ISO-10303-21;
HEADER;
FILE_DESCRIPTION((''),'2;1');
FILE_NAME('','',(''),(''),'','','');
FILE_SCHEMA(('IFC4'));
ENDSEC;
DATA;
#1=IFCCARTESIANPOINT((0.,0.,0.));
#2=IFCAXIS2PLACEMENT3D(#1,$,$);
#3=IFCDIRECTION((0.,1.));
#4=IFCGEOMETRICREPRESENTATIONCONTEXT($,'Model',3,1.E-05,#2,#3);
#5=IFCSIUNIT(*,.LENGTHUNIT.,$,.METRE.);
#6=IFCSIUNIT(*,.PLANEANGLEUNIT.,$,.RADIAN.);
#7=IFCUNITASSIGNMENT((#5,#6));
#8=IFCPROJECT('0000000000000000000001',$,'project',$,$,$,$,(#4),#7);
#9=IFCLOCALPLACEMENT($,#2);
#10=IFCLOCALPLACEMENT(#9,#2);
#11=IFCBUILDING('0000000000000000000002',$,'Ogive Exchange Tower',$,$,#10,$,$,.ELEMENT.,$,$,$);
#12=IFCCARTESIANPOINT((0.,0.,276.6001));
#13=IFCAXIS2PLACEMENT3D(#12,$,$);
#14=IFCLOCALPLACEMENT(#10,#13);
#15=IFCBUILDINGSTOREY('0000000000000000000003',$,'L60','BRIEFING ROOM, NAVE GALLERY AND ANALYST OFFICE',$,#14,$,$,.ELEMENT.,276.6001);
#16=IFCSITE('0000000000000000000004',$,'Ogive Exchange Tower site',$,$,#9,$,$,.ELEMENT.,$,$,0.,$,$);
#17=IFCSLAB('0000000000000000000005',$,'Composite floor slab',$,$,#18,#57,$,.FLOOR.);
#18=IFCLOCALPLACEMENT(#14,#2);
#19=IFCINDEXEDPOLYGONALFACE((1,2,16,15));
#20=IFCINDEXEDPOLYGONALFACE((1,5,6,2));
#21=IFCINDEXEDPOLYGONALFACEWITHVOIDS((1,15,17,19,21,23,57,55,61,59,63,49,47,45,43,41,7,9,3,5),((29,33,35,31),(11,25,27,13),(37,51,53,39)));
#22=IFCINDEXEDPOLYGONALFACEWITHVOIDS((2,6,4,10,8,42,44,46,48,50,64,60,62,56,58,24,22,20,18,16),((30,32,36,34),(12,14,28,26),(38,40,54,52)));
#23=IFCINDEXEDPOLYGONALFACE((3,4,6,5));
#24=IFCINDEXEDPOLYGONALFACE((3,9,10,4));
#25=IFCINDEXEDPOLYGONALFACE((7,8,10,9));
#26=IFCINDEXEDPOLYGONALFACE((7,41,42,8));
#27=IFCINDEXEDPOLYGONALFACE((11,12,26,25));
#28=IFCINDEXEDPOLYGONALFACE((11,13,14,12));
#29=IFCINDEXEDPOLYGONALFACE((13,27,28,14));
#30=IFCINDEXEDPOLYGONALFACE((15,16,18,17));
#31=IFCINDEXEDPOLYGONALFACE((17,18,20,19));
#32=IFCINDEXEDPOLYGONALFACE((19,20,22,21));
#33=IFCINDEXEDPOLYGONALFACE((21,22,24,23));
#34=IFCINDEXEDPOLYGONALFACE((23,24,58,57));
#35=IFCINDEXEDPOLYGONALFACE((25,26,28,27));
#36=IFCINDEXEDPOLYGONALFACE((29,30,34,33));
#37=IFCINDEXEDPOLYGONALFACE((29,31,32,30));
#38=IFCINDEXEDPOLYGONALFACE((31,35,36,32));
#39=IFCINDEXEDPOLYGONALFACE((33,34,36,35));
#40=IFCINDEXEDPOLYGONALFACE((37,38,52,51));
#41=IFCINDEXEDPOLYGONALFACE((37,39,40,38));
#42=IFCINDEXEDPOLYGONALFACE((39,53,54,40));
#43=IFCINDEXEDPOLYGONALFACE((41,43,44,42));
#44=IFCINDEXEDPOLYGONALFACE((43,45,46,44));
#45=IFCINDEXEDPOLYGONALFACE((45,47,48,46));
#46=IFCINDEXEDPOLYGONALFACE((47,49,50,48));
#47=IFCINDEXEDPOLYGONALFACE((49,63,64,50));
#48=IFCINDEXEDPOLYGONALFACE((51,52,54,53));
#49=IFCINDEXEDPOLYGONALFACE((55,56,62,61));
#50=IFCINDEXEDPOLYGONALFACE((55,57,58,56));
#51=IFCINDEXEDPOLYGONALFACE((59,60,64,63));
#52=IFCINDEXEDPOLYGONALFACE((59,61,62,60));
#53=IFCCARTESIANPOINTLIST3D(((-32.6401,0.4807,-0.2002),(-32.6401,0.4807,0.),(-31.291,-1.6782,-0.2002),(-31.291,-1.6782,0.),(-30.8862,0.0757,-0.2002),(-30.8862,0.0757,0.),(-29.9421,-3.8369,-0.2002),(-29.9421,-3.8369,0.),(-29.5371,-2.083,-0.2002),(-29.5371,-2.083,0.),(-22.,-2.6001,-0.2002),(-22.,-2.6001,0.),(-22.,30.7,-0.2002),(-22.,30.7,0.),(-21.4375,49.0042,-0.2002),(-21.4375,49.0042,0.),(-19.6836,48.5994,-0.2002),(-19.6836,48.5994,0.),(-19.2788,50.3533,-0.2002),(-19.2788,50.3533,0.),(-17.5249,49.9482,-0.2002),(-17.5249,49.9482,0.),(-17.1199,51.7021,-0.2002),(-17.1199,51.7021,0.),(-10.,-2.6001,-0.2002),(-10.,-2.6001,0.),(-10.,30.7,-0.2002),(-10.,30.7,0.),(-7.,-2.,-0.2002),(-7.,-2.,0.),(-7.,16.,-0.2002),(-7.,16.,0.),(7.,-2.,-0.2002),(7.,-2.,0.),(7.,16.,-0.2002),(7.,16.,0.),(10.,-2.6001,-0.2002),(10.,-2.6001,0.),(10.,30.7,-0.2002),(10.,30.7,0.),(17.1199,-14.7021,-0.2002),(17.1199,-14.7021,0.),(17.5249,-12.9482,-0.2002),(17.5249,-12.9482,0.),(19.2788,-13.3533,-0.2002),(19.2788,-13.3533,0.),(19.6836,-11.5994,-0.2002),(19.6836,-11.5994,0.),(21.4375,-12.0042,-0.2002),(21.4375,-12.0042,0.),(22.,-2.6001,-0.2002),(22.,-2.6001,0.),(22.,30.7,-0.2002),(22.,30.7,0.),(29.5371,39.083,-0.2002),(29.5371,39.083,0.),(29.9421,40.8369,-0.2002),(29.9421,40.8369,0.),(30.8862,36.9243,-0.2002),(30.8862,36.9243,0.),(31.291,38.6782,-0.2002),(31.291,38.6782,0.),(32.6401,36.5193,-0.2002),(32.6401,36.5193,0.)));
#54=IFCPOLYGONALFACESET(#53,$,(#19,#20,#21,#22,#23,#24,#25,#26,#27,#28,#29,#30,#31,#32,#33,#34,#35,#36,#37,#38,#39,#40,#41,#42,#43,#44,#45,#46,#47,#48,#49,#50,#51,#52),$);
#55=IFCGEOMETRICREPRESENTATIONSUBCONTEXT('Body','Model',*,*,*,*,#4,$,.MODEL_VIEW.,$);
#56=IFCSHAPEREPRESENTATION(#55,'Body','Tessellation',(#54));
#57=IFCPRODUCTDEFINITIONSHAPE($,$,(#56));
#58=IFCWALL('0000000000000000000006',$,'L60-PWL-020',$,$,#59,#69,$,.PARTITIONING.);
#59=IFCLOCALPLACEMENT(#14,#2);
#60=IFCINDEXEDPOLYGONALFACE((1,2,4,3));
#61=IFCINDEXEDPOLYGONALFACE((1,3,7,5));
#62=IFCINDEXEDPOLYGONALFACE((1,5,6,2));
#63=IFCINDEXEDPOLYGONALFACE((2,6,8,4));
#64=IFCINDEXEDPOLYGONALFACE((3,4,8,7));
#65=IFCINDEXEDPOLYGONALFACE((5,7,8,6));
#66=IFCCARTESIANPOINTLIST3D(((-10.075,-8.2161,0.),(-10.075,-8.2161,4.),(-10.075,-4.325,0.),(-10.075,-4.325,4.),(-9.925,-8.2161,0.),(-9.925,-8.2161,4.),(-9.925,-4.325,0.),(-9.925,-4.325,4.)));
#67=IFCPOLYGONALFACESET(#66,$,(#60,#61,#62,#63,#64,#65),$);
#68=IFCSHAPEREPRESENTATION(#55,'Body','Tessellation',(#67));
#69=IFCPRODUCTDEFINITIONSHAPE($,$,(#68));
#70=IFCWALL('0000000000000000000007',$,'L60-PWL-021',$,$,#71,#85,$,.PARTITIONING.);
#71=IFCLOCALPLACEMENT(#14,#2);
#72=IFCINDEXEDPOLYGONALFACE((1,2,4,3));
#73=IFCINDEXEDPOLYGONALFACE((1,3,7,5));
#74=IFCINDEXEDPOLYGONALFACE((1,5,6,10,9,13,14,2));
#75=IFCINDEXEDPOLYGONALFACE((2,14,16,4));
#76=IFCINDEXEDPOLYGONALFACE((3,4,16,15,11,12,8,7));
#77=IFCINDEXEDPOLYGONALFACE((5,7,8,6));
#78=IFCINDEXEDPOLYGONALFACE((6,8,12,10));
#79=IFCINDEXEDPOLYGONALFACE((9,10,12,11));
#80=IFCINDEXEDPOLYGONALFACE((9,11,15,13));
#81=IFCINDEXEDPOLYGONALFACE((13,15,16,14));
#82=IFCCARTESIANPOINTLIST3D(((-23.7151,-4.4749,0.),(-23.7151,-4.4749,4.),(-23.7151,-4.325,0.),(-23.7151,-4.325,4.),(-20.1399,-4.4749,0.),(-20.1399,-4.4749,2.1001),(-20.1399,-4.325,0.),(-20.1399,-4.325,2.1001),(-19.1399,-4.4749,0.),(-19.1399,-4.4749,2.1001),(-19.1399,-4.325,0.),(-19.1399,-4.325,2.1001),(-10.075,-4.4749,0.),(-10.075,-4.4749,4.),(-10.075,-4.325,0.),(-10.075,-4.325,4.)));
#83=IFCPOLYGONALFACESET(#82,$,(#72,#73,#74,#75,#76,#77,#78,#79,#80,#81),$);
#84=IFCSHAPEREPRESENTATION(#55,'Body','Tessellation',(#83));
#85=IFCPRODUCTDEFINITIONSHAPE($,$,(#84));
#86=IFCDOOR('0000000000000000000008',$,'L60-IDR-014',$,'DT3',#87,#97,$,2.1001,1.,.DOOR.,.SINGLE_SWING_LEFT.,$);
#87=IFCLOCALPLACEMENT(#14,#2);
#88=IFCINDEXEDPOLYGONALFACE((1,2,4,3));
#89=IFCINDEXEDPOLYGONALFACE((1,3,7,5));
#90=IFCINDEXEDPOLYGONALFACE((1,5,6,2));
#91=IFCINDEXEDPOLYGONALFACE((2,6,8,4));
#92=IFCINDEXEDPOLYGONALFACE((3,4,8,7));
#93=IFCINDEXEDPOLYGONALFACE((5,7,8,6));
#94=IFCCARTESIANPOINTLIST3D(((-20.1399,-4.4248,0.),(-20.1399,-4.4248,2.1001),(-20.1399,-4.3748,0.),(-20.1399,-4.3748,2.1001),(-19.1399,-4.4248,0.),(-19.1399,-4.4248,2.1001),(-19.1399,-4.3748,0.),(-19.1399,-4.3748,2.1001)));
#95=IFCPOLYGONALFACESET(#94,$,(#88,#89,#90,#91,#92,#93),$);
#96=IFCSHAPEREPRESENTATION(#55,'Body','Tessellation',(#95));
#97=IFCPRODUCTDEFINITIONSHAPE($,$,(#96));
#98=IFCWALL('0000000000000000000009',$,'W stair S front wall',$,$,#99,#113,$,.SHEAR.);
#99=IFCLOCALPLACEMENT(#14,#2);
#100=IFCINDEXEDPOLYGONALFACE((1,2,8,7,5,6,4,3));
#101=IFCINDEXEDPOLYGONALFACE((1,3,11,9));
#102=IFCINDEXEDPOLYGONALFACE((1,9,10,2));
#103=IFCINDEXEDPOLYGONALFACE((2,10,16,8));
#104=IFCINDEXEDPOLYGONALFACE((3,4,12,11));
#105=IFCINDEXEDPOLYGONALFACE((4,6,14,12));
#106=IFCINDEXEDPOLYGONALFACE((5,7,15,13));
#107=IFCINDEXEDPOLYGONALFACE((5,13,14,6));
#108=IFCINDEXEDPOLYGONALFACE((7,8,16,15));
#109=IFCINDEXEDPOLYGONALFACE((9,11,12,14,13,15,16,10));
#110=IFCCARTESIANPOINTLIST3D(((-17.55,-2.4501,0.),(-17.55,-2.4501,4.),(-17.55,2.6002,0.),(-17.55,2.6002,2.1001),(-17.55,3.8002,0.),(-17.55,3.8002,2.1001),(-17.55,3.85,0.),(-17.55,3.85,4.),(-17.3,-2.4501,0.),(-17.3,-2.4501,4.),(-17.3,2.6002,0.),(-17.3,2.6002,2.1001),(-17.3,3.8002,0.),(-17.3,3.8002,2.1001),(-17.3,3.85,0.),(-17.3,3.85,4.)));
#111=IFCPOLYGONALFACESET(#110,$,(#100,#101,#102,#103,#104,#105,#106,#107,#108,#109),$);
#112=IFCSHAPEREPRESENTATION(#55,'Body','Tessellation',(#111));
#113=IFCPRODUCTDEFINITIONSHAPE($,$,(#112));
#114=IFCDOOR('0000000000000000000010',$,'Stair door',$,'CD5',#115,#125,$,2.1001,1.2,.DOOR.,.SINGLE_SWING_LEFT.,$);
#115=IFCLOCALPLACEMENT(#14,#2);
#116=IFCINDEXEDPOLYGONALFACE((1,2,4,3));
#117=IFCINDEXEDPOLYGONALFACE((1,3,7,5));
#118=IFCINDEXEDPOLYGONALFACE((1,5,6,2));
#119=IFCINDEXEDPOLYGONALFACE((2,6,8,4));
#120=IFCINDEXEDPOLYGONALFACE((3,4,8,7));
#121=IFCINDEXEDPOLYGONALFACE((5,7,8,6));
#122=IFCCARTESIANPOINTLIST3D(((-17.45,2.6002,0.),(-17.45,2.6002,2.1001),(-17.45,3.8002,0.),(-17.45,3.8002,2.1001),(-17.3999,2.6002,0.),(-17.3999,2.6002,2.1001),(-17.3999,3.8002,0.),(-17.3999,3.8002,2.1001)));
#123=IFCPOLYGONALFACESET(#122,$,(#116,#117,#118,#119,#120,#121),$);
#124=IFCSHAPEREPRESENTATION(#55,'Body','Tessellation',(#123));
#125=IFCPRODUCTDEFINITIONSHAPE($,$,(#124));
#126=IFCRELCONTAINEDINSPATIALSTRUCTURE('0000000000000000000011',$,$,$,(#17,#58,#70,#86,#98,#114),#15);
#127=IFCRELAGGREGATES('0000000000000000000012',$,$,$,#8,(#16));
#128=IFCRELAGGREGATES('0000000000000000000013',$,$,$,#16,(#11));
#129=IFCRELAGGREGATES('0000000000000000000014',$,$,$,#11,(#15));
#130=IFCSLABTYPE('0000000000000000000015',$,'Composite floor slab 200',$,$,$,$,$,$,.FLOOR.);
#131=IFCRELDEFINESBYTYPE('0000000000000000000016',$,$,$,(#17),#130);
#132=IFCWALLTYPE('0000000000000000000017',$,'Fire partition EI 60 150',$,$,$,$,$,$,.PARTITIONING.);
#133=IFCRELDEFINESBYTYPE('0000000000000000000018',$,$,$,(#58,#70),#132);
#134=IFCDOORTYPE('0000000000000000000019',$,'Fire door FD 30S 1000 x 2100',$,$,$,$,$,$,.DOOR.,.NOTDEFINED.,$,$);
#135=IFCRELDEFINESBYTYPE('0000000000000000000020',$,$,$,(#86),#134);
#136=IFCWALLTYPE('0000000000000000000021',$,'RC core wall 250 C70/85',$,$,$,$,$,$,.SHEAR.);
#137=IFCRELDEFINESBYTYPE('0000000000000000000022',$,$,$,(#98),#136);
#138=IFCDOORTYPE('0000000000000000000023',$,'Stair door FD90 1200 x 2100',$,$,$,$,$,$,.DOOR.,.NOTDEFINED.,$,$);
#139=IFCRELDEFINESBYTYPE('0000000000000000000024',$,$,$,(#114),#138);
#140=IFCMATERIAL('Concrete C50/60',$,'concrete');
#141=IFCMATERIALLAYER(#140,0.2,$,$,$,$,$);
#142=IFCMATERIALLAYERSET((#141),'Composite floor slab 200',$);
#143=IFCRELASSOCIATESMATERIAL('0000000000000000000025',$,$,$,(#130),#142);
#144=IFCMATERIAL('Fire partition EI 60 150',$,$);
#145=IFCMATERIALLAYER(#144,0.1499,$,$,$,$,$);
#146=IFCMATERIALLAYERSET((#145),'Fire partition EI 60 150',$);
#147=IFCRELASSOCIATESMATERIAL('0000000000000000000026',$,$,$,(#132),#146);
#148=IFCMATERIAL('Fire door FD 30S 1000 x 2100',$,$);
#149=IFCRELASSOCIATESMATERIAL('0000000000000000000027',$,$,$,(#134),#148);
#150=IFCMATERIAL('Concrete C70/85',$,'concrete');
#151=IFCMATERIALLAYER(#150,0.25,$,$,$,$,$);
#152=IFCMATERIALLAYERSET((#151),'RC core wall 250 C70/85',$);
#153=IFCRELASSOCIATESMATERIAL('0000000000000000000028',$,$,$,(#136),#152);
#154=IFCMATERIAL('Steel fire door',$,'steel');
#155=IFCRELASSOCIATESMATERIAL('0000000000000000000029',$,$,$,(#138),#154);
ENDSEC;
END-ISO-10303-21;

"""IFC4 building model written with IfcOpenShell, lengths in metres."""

from ifc_helpers import new_model, si_unit, direction, frame, frame_2d, origin, place, context, subcontext, project, spatial, polyline, rectangle, outline, extrude, material, layer, layer_set, type_object, element, fill, save


model = new_model("IFC4")

# Units and contexts
model_context = context("Model", 3, precision=1e-05, world=origin(), true_north=direction((0.0, 1.0)))
body_context = subcontext(model_context, "Body", "Model", "MODEL_VIEW")
ifc_project = project(units=[si_unit("LENGTHUNIT", "METRE"), si_unit("PLANEANGLEUNIT", "RADIAN")], contexts=[model_context])

# Site, building, storey
site_placement = place(None, origin())
site = spatial("IfcSite", under=ifc_project, at=site_placement, Name="Ogive Exchange Tower site", CompositionType="ELEMENT", RefElevation=0.0)
building_placement = place(site_placement, origin())
building = spatial("IfcBuilding", under=site, at=building_placement, Name="Ogive Exchange Tower", CompositionType="ELEMENT")
storey_placement = place(building_placement, frame((0.0, 0.0, 276.6001)))
storey = spatial("IfcBuildingStorey", under=building, at=storey_placement, Name="L60", Description="BRIEFING ROOM, NAVE GALLERY AND ANALYST OFFICE", CompositionType="ELEMENT", Elevation=276.6001)

# Slab
ifc_material_1 = material(Name="Concrete C50/60", Category="concrete")
ifc_layer_1 = layer(ifc_material_1, 0.2)
ifc_layer_set_1 = layer_set([ifc_layer_1], Name="Composite floor slab 200")
slab_type = type_object("IfcSlabType", Name="Composite floor slab 200", PredefinedType="FLOOR", material=ifc_layer_set_1)
slab_placement = place(storey_placement, frame((0.0, 0.0, -0.2002)))
element("IfcSlab", 1, at=slab_placement, inside=storey, type_object=slab_type, Name="Composite floor slab", PredefinedType="FLOOR", context=body_context, shape_type="SweptSolid", body=[
    extrude(outline(polyline([(-29.5371, -2.083), (-31.291, -1.6782), (-30.8862, 0.0757), (-32.6401, 0.4807), (-21.4375, 49.0042), (-19.6836, 48.5994), (-19.2788, 50.3533), (-17.5249, 49.9482), (-17.1199, 51.7021), (29.9421, 40.8369), (29.5371, 39.083), (31.291, 38.6782), (30.8862, 36.9243), (32.6401, 36.5193), (21.4375, -12.0042), (19.6836, -11.5994), (19.2788, -13.3533), (17.5249, -12.9482), (17.1199, -14.7021), (-29.9421, -3.8369), (-29.5371, -2.083)]), holes=[polyline([(7.0, -2.0), (7.0, 16.0), (-7.0, 16.0), (-7.0, -2.0), (7.0, -2.0)]), polyline([(-22.0, -2.6001), (-10.0, -2.6001), (-10.0, 30.7), (-22.0, 30.7), (-22.0, -2.6001)]), polyline([(10.0, -2.6001), (22.0, -2.6001), (22.0, 30.7), (10.0, 30.7), (10.0, -2.6001)])]), origin(), (0.0, 0.0, 1.0), 0.2002),
])

# Wall
ifc_material_2 = material(Name="Fire partition EI 60 150")
ifc_layer_2 = layer(ifc_material_2, 0.1499)
ifc_layer_set_2 = layer_set([ifc_layer_2], Name="Fire partition EI 60 150")
wall_type_1 = type_object("IfcWallType", Name="Fire partition EI 60 150", PredefinedType="PARTITIONING", material=ifc_layer_set_2)
wall_1_placement = place(storey_placement, frame((-10.0, -8.2161, 0.0), z_axis=(0.0, 0.0, 1.0), x_axis=(0.0, 1.0, 0.0)))
element("IfcWall", 2, at=wall_1_placement, inside=storey, type_object=wall_type_1, Name="L60-PWL-020", PredefinedType="PARTITIONING", context=body_context, shape_type="SweptSolid", body=[
    extrude(rectangle(XDim=3.8911, YDim=0.1499, at=frame_2d((1.9456, 0.0))), origin(), (0.0, 0.0, 1.0), 4.0),
])

# Walls, openings, doors
wall_2_placement = place(storey_placement, frame((-10.075, -4.3999, 0.0), z_axis=(0.0, 0.0, 1.0), x_axis=(-1.0, 0.0, 0.0)))
wall_2 = element("IfcWall", 3, at=wall_2_placement, inside=storey, type_object=wall_type_1, Name="L60-PWL-021", PredefinedType="PARTITIONING", context=body_context, shape_type="SweptSolid", body=[
    extrude(rectangle(XDim=13.6401, YDim=0.1499, at=frame_2d((6.8201, 0.0))), origin(), (0.0, 0.0, 1.0), 4.0),
])
opening_1_placement = place(wall_2_placement, frame((9.0649, 0.0, 0.0)))
opening_1 = element("IfcOpeningElement", 4, at=opening_1_placement, cuts=wall_2, PredefinedType="OPENING", context=body_context, shape_type="SweptSolid", body=[
    extrude(rectangle(XDim=1.0, YDim=2.1001, at=frame_2d((0.5, 1.05))), frame((0.0, 0.085, 0.0), z_axis=(0.0, -1.0, 0.0), x_axis=(1.0, 0.0, 0.0)), (0.0, 0.0, 1.0), 0.1699),
])
ifc_material_3 = material(Name="Fire door FD 30S 1000 x 2100")
door_type_1 = type_object("IfcDoorType", Name="Fire door FD 30S 1000 x 2100", OperationType="NOTDEFINED", PredefinedType="DOOR", material=ifc_material_3)
door_1_placement = place(opening_1_placement, origin())
door_1 = element("IfcDoor", 5, at=door_1_placement, inside=storey, type_object=door_type_1, Name="L60-IDR-014", ObjectType="DT3", OperationType="SINGLE_SWING_LEFT", OverallHeight=2.1001, OverallWidth=1.0, PredefinedType="DOOR", context=body_context, shape_type="SweptSolid", body=[
    extrude(rectangle(XDim=1.0, YDim=2.1001, at=frame_2d((0.5, 1.05))), frame((0.0, 0.0249, 0.0), z_axis=(0.0, -1.0, 0.0), x_axis=(1.0, 0.0, 0.0)), (0.0, 0.0, 1.0), 0.05),
])
fill(opening_1, door_1)
ifc_material_4 = material(Name="Concrete C70/85", Category="concrete")
ifc_layer_3 = layer(ifc_material_4, 0.25)
ifc_layer_set_3 = layer_set([ifc_layer_3], Name="RC core wall 250 C70/85")
wall_type_2 = type_object("IfcWallType", Name="RC core wall 250 C70/85", PredefinedType="SHEAR", material=ifc_layer_set_3)
wall_3_placement = place(storey_placement, frame((-17.425, -2.45, 0.0), z_axis=(0.0, 0.0, 1.0), x_axis=(0.0, 1.0, 0.0)))
wall_3 = element("IfcWall", 6, at=wall_3_placement, inside=storey, type_object=wall_type_2, Name="W stair S front wall", PredefinedType="SHEAR", context=body_context, shape_type="SweptSolid", body=[
    extrude(rectangle(XDim=6.3, YDim=0.25, at=frame_2d((3.1499, 0.0))), origin(), (0.0, 0.0, 1.0), 4.0),
])
opening_2_placement = place(wall_3_placement, frame((5.05, 0.0, 0.0)))
opening_2 = element("IfcOpeningElement", 7, at=opening_2_placement, cuts=wall_3, PredefinedType="OPENING", context=body_context, shape_type="SweptSolid", body=[
    extrude(rectangle(XDim=1.2, YDim=2.1001, at=frame_2d((0.6001, 1.05))), frame((0.0, 0.135, 0.0), z_axis=(0.0, -1.0, 0.0), x_axis=(1.0, 0.0, 0.0)), (0.0, 0.0, 1.0), 0.27),
])
ifc_material_5 = material(Name="Steel fire door", Category="steel")
door_type_2 = type_object("IfcDoorType", Name="Stair door FD90 1200 x 2100", OperationType="NOTDEFINED", PredefinedType="DOOR", material=ifc_material_5)
door_2_placement = place(opening_2_placement, origin())
door_2 = element("IfcDoor", 8, at=door_2_placement, inside=storey, type_object=door_type_2, Name="Stair door", ObjectType="CD5", OperationType="SINGLE_SWING_LEFT", OverallHeight=2.1001, OverallWidth=1.2, PredefinedType="DOOR", context=body_context, shape_type="SweptSolid", body=[
    extrude(rectangle(XDim=1.2, YDim=2.1001, at=frame_2d((0.6001, 1.05))), frame((0.0, 0.0249, 0.0), z_axis=(0.0, -1.0, 0.0), x_axis=(1.0, 0.0, 0.0)), (0.0, 0.0, 1.0), 0.05),
])
fill(opening_2, door_2)

save(model, "model.ifc")
